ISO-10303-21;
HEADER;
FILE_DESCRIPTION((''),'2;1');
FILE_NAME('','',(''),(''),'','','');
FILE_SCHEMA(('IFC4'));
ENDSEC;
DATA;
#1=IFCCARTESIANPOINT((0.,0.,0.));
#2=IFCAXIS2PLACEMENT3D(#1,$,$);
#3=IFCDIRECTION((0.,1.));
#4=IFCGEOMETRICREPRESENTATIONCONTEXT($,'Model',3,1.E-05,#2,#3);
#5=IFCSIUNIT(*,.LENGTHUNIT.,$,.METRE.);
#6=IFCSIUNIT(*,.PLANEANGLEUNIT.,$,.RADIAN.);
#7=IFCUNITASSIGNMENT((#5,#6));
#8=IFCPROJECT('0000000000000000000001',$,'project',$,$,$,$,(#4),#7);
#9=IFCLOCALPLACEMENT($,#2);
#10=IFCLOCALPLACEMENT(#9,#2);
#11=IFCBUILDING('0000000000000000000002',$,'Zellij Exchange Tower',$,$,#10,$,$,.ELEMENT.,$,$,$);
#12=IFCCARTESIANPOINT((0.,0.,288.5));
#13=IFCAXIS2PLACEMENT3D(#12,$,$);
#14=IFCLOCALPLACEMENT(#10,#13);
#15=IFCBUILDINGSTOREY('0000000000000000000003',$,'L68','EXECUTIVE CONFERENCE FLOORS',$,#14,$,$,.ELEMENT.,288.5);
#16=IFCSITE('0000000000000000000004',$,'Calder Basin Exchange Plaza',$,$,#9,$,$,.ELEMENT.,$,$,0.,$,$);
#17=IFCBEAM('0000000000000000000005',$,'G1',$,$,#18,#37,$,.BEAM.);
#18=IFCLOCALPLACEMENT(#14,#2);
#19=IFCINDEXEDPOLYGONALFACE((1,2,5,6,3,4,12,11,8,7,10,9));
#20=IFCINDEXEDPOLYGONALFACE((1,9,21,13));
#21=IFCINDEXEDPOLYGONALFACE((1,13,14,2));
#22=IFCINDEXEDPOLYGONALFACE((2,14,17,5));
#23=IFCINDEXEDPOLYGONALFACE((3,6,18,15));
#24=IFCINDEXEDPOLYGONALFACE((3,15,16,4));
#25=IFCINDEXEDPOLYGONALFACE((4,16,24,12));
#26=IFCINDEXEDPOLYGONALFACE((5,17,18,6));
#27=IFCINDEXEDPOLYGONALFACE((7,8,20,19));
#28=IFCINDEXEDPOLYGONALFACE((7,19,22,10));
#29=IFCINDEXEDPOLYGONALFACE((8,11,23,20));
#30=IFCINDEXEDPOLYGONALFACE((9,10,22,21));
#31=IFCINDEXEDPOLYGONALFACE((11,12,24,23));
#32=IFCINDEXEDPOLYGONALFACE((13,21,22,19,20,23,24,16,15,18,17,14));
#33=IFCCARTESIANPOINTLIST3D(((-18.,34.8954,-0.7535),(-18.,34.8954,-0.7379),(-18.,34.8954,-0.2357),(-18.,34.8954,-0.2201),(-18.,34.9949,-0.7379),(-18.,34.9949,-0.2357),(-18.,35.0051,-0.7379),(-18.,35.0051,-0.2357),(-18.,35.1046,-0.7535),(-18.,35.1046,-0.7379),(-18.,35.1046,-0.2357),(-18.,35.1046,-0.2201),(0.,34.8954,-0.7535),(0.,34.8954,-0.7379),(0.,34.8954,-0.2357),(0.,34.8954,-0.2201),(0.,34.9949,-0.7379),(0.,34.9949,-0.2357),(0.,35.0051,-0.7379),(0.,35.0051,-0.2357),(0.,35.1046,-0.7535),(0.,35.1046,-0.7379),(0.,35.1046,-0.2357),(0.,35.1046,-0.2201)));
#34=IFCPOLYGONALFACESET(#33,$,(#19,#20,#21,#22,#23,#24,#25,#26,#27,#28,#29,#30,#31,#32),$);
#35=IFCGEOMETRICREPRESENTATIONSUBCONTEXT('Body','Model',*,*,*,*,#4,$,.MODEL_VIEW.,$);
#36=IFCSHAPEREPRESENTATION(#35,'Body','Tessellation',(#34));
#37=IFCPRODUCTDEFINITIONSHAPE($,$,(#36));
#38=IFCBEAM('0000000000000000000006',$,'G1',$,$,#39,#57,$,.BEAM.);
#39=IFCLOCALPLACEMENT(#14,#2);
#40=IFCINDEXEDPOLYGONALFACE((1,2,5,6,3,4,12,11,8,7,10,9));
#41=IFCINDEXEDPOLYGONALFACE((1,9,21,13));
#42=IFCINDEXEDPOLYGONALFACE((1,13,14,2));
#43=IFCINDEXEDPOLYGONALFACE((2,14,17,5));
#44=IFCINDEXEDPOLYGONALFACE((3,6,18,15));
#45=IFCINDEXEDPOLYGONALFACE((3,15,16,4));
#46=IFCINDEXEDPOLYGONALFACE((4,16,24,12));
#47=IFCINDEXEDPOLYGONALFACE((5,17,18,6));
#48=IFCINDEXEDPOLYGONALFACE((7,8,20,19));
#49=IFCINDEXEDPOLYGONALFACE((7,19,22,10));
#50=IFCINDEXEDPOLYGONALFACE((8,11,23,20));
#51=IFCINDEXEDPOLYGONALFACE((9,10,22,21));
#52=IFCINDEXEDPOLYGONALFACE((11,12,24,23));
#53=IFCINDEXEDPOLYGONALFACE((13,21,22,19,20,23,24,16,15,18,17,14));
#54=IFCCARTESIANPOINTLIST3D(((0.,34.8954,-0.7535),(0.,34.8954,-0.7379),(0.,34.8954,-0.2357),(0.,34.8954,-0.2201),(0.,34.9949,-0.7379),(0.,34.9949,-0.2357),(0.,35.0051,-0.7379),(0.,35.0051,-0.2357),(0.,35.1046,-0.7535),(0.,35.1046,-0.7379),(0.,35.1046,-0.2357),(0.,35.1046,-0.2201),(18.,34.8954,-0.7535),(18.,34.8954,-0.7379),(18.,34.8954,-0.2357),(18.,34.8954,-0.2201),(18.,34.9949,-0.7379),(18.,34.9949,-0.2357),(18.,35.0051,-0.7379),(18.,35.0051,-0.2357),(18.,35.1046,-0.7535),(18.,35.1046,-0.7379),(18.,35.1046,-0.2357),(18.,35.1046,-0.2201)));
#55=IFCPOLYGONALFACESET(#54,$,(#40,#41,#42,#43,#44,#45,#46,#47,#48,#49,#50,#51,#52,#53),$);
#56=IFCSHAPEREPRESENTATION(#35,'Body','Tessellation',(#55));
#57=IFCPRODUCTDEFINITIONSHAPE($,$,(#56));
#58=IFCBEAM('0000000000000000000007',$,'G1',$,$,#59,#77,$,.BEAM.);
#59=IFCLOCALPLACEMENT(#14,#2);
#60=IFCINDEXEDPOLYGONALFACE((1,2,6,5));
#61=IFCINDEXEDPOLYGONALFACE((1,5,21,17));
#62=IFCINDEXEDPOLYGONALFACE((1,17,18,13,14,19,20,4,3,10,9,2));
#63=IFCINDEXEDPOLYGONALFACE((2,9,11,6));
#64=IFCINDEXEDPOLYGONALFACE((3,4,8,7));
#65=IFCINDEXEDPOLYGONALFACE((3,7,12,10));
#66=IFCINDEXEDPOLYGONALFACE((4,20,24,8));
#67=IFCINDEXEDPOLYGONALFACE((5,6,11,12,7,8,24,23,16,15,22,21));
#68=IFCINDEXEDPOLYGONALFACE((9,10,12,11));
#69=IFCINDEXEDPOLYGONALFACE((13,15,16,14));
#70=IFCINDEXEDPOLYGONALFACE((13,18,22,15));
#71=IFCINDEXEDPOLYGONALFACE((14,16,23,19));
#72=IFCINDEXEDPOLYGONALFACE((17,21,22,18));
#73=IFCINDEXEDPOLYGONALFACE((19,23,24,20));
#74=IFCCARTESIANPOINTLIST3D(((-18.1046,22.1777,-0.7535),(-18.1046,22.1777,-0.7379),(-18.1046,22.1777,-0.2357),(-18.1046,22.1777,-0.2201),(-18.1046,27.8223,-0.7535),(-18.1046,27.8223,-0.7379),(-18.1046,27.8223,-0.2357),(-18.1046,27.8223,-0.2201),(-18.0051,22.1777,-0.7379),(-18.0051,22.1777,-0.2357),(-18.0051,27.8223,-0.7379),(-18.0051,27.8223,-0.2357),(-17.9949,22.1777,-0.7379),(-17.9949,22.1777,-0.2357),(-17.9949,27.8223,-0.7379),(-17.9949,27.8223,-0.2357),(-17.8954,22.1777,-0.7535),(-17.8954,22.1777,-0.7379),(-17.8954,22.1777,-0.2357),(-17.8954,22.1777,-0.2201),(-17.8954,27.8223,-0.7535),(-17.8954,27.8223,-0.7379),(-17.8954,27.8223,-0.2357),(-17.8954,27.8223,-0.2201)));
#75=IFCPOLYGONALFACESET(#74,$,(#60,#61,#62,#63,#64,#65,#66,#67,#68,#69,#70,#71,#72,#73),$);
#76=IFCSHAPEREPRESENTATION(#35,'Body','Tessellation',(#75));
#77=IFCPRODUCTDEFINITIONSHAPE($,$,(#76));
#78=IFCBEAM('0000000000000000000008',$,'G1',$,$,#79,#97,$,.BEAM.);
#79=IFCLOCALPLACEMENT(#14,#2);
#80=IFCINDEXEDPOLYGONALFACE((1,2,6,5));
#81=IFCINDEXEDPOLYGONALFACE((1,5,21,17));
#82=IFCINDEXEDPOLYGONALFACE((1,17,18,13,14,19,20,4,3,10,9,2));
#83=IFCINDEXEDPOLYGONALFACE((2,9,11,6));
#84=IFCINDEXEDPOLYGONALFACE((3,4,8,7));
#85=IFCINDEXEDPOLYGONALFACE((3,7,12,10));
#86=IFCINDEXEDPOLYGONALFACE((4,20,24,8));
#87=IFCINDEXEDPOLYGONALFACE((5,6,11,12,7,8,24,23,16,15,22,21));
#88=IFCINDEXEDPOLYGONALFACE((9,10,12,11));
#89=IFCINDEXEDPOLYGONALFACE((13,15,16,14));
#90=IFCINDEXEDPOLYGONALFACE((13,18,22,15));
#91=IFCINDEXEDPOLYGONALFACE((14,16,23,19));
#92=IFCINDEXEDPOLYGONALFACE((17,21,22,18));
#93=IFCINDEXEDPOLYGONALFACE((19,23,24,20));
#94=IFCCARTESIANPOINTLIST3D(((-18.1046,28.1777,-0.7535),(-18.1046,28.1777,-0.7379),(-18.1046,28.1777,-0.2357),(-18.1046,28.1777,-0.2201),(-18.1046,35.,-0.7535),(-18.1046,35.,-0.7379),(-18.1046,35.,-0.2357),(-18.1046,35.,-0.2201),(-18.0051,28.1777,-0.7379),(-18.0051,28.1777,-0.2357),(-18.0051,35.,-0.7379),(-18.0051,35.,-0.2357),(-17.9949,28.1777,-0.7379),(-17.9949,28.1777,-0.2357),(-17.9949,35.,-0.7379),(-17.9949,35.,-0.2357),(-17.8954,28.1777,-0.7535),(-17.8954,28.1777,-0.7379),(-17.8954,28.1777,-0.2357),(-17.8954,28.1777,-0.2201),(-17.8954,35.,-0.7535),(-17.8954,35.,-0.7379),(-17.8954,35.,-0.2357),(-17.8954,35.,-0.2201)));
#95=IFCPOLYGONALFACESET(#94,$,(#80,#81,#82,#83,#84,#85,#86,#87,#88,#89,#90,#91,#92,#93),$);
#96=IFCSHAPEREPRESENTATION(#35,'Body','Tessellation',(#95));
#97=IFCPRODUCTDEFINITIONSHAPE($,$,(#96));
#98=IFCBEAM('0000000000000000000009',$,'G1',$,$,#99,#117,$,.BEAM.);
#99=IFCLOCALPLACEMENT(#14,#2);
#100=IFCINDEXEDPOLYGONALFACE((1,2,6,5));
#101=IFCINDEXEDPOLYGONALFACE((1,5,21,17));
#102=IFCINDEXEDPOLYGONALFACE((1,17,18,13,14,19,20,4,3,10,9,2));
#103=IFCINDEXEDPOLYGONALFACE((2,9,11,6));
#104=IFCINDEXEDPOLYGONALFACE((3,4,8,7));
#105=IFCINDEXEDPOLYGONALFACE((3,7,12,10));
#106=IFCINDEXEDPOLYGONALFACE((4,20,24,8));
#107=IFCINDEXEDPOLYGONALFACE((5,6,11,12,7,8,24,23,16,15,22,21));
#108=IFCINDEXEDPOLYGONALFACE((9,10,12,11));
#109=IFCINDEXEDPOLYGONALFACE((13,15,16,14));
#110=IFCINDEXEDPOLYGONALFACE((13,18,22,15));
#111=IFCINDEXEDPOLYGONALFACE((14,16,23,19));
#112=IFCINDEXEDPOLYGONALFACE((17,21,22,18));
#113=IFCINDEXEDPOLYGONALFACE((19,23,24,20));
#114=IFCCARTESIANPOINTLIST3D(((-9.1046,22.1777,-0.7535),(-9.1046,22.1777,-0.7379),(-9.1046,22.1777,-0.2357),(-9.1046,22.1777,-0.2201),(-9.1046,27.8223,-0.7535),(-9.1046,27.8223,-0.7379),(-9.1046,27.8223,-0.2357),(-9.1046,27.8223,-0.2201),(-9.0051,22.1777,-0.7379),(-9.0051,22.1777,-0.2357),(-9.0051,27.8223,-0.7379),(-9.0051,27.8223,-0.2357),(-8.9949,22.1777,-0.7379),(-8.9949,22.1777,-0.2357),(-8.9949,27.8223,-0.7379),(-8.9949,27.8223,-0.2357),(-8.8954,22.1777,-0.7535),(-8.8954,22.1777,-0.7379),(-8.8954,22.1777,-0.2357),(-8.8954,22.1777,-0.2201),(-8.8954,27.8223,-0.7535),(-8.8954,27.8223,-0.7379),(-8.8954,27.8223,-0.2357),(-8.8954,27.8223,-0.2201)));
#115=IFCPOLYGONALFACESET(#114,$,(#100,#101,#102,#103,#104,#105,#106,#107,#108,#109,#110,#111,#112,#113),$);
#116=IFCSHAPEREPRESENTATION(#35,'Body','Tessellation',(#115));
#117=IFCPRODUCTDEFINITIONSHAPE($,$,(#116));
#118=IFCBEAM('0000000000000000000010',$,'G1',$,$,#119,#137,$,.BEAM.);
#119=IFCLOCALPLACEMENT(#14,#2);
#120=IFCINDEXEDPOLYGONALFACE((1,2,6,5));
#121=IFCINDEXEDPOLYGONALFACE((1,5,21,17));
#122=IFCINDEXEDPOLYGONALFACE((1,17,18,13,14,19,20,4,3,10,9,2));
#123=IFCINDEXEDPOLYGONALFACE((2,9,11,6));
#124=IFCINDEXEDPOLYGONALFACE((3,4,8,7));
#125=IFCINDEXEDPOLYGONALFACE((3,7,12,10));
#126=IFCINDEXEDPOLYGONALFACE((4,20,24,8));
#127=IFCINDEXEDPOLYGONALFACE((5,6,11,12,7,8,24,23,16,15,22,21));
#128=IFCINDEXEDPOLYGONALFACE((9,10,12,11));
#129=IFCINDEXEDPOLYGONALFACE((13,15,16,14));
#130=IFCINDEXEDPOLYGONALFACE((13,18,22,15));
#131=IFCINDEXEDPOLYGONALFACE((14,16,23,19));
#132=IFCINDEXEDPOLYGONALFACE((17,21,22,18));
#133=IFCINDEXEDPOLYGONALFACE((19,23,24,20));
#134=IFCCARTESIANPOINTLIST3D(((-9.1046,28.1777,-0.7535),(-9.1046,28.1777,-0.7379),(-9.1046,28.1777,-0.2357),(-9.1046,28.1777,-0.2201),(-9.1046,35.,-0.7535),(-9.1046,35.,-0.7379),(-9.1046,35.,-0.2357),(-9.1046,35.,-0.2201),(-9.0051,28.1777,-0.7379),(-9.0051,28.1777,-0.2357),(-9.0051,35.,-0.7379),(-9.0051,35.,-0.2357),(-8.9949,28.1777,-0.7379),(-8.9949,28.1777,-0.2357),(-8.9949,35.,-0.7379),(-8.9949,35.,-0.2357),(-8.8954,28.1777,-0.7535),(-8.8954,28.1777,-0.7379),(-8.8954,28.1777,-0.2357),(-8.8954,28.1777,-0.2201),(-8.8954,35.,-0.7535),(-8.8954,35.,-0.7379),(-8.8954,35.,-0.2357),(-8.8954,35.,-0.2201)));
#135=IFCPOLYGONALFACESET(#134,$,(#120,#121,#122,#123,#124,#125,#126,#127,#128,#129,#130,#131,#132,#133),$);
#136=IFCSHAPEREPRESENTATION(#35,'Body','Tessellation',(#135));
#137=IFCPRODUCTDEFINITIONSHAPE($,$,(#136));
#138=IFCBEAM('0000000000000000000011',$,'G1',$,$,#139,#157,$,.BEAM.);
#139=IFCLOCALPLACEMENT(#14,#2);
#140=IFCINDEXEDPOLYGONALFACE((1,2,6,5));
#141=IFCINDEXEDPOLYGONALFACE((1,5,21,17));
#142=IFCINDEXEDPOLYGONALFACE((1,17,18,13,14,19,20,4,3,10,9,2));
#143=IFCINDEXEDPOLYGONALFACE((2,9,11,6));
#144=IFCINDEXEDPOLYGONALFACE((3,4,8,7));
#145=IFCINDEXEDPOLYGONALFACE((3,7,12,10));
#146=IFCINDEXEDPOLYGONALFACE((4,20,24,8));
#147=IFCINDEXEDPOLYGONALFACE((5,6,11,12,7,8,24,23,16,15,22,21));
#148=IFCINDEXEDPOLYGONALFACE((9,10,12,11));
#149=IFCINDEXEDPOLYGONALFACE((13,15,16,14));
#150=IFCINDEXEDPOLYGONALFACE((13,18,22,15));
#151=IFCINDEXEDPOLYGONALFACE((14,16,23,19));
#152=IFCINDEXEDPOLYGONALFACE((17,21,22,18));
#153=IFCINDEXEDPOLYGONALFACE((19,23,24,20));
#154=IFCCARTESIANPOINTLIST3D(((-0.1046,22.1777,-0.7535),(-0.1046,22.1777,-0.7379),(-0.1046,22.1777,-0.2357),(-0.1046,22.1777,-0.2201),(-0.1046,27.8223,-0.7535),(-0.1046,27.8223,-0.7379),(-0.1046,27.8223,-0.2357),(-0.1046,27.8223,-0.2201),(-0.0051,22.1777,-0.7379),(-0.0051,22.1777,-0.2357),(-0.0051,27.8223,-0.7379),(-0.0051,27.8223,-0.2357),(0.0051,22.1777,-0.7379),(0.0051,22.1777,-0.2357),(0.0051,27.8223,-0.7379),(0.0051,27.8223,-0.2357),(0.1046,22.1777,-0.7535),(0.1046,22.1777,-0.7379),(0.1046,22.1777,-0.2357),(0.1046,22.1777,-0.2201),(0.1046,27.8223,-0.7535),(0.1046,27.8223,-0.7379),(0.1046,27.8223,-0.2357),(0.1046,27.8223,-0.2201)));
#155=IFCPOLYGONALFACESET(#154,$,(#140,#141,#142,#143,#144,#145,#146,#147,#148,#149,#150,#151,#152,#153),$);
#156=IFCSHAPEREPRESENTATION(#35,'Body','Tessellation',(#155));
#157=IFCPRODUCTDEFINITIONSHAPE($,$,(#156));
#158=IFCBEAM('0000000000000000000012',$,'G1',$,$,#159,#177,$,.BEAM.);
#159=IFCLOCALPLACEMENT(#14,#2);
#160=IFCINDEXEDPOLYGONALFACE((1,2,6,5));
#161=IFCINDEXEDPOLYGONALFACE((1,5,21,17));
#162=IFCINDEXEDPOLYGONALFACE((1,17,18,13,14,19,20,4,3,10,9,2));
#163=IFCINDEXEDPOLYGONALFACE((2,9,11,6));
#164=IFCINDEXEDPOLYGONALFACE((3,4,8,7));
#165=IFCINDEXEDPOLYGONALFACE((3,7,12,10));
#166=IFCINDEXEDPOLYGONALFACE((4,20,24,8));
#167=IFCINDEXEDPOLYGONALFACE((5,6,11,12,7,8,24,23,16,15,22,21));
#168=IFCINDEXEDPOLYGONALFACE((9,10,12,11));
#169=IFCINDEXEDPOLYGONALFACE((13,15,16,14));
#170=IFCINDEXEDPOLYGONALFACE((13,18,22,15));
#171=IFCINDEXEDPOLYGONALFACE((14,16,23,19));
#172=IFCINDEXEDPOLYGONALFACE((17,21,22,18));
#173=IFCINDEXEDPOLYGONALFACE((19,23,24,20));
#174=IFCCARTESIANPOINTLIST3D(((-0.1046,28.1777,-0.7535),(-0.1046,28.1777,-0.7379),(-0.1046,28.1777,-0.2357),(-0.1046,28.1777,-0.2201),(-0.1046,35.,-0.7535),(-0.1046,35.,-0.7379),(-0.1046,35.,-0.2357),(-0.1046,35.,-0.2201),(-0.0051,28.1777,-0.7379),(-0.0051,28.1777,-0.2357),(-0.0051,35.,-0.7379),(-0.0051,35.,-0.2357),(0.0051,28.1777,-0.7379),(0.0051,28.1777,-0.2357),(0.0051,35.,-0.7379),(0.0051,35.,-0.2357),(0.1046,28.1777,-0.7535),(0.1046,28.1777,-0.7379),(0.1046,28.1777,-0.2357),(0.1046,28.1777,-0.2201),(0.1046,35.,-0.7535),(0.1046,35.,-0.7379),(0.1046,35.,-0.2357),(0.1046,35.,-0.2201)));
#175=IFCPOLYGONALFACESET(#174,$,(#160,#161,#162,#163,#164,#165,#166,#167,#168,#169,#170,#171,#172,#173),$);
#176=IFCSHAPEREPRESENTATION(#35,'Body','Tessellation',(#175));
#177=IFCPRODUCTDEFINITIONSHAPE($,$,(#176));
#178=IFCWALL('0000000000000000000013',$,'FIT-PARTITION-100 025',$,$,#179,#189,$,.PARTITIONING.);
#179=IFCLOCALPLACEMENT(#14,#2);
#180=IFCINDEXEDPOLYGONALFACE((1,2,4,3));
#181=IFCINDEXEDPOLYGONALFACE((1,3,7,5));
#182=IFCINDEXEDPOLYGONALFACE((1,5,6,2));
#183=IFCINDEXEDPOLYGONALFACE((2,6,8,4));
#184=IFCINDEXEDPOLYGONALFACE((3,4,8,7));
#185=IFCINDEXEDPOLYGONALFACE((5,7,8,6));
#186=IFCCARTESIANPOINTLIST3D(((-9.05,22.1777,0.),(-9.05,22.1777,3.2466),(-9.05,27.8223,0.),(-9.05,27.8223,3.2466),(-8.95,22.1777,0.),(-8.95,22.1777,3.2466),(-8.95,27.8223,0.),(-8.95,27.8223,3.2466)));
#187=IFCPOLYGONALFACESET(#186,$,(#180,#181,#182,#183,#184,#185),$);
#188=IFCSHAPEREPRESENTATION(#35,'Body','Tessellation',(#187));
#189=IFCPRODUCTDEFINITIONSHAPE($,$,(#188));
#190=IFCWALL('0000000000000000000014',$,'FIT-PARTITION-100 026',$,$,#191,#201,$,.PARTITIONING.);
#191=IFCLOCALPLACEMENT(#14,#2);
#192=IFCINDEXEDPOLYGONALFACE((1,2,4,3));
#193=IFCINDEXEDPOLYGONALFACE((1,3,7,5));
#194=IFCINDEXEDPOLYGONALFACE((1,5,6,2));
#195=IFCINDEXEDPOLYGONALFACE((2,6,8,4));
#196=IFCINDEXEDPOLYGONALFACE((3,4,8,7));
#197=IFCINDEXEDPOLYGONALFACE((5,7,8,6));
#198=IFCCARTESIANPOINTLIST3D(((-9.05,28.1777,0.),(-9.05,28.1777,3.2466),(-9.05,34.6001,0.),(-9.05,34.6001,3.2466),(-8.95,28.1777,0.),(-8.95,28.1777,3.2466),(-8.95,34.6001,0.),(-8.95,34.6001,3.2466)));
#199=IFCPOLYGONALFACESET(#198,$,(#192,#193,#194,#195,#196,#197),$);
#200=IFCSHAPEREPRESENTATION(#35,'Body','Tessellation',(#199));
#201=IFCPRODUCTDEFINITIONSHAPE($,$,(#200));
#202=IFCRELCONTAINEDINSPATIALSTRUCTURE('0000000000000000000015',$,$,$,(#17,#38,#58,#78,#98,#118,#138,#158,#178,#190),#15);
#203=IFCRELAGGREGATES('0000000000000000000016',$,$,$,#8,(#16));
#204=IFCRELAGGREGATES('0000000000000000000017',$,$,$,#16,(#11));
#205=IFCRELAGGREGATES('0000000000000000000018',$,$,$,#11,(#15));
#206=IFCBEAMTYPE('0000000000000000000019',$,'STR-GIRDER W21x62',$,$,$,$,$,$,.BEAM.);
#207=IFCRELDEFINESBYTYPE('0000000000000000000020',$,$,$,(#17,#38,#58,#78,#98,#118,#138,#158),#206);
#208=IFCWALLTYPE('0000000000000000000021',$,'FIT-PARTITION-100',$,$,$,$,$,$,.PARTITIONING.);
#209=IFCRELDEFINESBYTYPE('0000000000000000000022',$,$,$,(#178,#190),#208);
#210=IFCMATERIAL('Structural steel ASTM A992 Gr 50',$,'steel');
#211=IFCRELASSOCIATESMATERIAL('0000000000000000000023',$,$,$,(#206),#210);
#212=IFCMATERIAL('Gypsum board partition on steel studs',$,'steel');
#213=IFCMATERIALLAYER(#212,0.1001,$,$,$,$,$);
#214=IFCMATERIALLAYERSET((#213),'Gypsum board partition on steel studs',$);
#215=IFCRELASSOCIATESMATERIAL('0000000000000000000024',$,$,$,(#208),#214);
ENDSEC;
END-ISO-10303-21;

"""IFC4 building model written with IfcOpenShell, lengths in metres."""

from ifc_helpers import new_model, si_unit, direction, frame, frame_2d, origin, origin_2d, place, context, subcontext, project, spatial, rectangle, i_section, extrude, material, layer, layer_set, material_profile, profile_set, type_object, element, save


model = new_model("IFC4")

# Units and contexts
model_context = context("Model", 3, precision=1e-05, world=origin(), true_north=direction((0.0, 1.0)))
body_context = subcontext(model_context, "Body", "Model", "MODEL_VIEW")
ifc_project = project(units=[si_unit("LENGTHUNIT", "METRE"), si_unit("PLANEANGLEUNIT", "RADIAN")], contexts=[model_context])

# Site, building, storey
site_placement = place(None, origin())
site = spatial("IfcSite", under=ifc_project, at=site_placement, Name="Calder Basin Exchange Plaza", CompositionType="ELEMENT", RefElevation=0.0)
building_placement = place(site_placement, origin())
building = spatial("IfcBuilding", under=site, at=building_placement, Name="Zellij Exchange Tower", CompositionType="ELEMENT")
storey_placement = place(building_placement, frame((0.0, 0.0, 288.5)))
storey = spatial("IfcBuildingStorey", under=building, at=storey_placement, Name="L68", Description="EXECUTIVE CONFERENCE FLOORS", CompositionType="ELEMENT", Elevation=288.5)

# Shared definitions
ifc_material_1 = material(Name="Structural steel ASTM A992 Gr 50", Category="steel")

# Beams
ifc_material_profile_1 = material_profile(ifc_material_1, i_section(OverallWidth=0.2092, OverallDepth=0.5334, WebThickness=0.0103, FlangeThickness=0.0156, at=origin_2d()), Name="W21x62")
ifc_profile_set_1 = profile_set([ifc_material_profile_1], Name="Structural steel ASTM A992 Gr 50")
beam_type = type_object("IfcBeamType", Name="STR-GIRDER W21x62", PredefinedType="BEAM", material=ifc_profile_set_1)
for number, where, z_axis, x_axis, name in (
    (1, (-18.0, 35.0, -0.4868), (1.0, 0.0, 0.0), (0.0, 1.0, 0.0), "G1"),
    (2, (0.0, 35.0, -0.4868), (1.0, 0.0, 0.0), (0.0, 1.0, 0.0), "G1"),
):
    element("IfcBeam", number, at=place(storey_placement, frame(where, z_axis=z_axis, x_axis=x_axis)), inside=storey, type_object=beam_type, Name=name, PredefinedType="BEAM", context=body_context, shape_type="SweptSolid", body=[
        extrude(i_section(OverallWidth=0.2092, OverallDepth=0.5334, WebThickness=0.0103, FlangeThickness=0.0156, at=origin_2d()), origin(), (0.0, 0.0, 1.0), 18.0),
    ])
beam_1_placement = place(storey_placement, frame((-18.0, 22.1777, -0.4868), z_axis=(0.0, 1.0, 0.0), x_axis=(-1.0, 0.0, 0.0)))
element("IfcBeam", 3, at=beam_1_placement, inside=storey, type_object=beam_type, Name="G1", PredefinedType="BEAM", context=body_context, shape_type="SweptSolid", body=[
    extrude(i_section(OverallWidth=0.2092, OverallDepth=0.5334, WebThickness=0.0103, FlangeThickness=0.0156, at=origin_2d()), origin(), (0.0, 0.0, 1.0), 5.6445),
])
beam_2_placement = place(storey_placement, frame((-18.0, 28.1777, -0.4868), z_axis=(0.0, 1.0, 0.0), x_axis=(-1.0, 0.0, 0.0)))
element("IfcBeam", 4, at=beam_2_placement, inside=storey, type_object=beam_type, Name="G1", PredefinedType="BEAM", context=body_context, shape_type="SweptSolid", body=[
    extrude(i_section(OverallWidth=0.2092, OverallDepth=0.5334, WebThickness=0.0103, FlangeThickness=0.0156, at=origin_2d()), origin(), (0.0, 0.0, 1.0), 6.8223),
])
beam_3_placement = place(storey_placement, frame((-9.0, 22.1777, -0.4868), z_axis=(0.0, 1.0, 0.0), x_axis=(-1.0, 0.0, 0.0)))
element("IfcBeam", 5, at=beam_3_placement, inside=storey, type_object=beam_type, Name="G1", PredefinedType="BEAM", context=body_context, shape_type="SweptSolid", body=[
    extrude(i_section(OverallWidth=0.2092, OverallDepth=0.5334, WebThickness=0.0103, FlangeThickness=0.0156, at=origin_2d()), origin(), (0.0, 0.0, 1.0), 5.6445),
])
beam_4_placement = place(storey_placement, frame((-9.0, 28.1777, -0.4868), z_axis=(0.0, 1.0, 0.0), x_axis=(-1.0, 0.0, 0.0)))
element("IfcBeam", 6, at=beam_4_placement, inside=storey, type_object=beam_type, Name="G1", PredefinedType="BEAM", context=body_context, shape_type="SweptSolid", body=[
    extrude(i_section(OverallWidth=0.2092, OverallDepth=0.5334, WebThickness=0.0103, FlangeThickness=0.0156, at=origin_2d()), origin(), (0.0, 0.0, 1.0), 6.8223),
])
beam_5_placement = place(storey_placement, frame((0.0, 22.1777, -0.4868), z_axis=(0.0, 1.0, 0.0), x_axis=(-1.0, 0.0, 0.0)))
element("IfcBeam", 7, at=beam_5_placement, inside=storey, type_object=beam_type, Name="G1", PredefinedType="BEAM", context=body_context, shape_type="SweptSolid", body=[
    extrude(i_section(OverallWidth=0.2092, OverallDepth=0.5334, WebThickness=0.0103, FlangeThickness=0.0156, at=origin_2d()), origin(), (0.0, 0.0, 1.0), 5.6445),
])
beam_6_placement = place(storey_placement, frame((0.0, 28.1777, -0.4868), z_axis=(0.0, 1.0, 0.0), x_axis=(-1.0, 0.0, 0.0)))
element("IfcBeam", 8, at=beam_6_placement, inside=storey, type_object=beam_type, Name="G1", PredefinedType="BEAM", context=body_context, shape_type="SweptSolid", body=[
    extrude(i_section(OverallWidth=0.2092, OverallDepth=0.5334, WebThickness=0.0103, FlangeThickness=0.0156, at=origin_2d()), origin(), (0.0, 0.0, 1.0), 6.8223),
])

# Walls
ifc_material_2 = material(Name="Gypsum board partition on steel studs", Category="steel")
ifc_layer = layer(ifc_material_2, 0.1001)
ifc_layer_set = layer_set([ifc_layer], Name="Gypsum board partition on steel studs")
wall_type = type_object("IfcWallType", Name="FIT-PARTITION-100", PredefinedType="PARTITIONING", material=ifc_layer_set)
wall_1_placement = place(storey_placement, frame((-9.0, 22.1777, 0.0), z_axis=(0.0, 0.0, 1.0), x_axis=(0.0, 1.0, 0.0)))
element("IfcWall", 9, at=wall_1_placement, inside=storey, type_object=wall_type, Name="FIT-PARTITION-100 025", PredefinedType="PARTITIONING", context=body_context, shape_type="SweptSolid", body=[
    extrude(rectangle(XDim=5.6445, YDim=0.1001, at=frame_2d((2.8223, 0.0))), origin(), (0.0, 0.0, 1.0), 3.2466),
])
wall_2_placement = place(storey_placement, frame((-9.0, 28.1777, 0.0), z_axis=(0.0, 0.0, 1.0), x_axis=(0.0, 1.0, 0.0)))
element("IfcWall", 10, at=wall_2_placement, inside=storey, type_object=wall_type, Name="FIT-PARTITION-100 026", PredefinedType="PARTITIONING", context=body_context, shape_type="SweptSolid", body=[
    extrude(rectangle(XDim=6.4224, YDim=0.1001, at=frame_2d((3.2112, 0.0))), origin(), (0.0, 0.0, 1.0), 3.2466),
])

save(model, "model.ifc")
